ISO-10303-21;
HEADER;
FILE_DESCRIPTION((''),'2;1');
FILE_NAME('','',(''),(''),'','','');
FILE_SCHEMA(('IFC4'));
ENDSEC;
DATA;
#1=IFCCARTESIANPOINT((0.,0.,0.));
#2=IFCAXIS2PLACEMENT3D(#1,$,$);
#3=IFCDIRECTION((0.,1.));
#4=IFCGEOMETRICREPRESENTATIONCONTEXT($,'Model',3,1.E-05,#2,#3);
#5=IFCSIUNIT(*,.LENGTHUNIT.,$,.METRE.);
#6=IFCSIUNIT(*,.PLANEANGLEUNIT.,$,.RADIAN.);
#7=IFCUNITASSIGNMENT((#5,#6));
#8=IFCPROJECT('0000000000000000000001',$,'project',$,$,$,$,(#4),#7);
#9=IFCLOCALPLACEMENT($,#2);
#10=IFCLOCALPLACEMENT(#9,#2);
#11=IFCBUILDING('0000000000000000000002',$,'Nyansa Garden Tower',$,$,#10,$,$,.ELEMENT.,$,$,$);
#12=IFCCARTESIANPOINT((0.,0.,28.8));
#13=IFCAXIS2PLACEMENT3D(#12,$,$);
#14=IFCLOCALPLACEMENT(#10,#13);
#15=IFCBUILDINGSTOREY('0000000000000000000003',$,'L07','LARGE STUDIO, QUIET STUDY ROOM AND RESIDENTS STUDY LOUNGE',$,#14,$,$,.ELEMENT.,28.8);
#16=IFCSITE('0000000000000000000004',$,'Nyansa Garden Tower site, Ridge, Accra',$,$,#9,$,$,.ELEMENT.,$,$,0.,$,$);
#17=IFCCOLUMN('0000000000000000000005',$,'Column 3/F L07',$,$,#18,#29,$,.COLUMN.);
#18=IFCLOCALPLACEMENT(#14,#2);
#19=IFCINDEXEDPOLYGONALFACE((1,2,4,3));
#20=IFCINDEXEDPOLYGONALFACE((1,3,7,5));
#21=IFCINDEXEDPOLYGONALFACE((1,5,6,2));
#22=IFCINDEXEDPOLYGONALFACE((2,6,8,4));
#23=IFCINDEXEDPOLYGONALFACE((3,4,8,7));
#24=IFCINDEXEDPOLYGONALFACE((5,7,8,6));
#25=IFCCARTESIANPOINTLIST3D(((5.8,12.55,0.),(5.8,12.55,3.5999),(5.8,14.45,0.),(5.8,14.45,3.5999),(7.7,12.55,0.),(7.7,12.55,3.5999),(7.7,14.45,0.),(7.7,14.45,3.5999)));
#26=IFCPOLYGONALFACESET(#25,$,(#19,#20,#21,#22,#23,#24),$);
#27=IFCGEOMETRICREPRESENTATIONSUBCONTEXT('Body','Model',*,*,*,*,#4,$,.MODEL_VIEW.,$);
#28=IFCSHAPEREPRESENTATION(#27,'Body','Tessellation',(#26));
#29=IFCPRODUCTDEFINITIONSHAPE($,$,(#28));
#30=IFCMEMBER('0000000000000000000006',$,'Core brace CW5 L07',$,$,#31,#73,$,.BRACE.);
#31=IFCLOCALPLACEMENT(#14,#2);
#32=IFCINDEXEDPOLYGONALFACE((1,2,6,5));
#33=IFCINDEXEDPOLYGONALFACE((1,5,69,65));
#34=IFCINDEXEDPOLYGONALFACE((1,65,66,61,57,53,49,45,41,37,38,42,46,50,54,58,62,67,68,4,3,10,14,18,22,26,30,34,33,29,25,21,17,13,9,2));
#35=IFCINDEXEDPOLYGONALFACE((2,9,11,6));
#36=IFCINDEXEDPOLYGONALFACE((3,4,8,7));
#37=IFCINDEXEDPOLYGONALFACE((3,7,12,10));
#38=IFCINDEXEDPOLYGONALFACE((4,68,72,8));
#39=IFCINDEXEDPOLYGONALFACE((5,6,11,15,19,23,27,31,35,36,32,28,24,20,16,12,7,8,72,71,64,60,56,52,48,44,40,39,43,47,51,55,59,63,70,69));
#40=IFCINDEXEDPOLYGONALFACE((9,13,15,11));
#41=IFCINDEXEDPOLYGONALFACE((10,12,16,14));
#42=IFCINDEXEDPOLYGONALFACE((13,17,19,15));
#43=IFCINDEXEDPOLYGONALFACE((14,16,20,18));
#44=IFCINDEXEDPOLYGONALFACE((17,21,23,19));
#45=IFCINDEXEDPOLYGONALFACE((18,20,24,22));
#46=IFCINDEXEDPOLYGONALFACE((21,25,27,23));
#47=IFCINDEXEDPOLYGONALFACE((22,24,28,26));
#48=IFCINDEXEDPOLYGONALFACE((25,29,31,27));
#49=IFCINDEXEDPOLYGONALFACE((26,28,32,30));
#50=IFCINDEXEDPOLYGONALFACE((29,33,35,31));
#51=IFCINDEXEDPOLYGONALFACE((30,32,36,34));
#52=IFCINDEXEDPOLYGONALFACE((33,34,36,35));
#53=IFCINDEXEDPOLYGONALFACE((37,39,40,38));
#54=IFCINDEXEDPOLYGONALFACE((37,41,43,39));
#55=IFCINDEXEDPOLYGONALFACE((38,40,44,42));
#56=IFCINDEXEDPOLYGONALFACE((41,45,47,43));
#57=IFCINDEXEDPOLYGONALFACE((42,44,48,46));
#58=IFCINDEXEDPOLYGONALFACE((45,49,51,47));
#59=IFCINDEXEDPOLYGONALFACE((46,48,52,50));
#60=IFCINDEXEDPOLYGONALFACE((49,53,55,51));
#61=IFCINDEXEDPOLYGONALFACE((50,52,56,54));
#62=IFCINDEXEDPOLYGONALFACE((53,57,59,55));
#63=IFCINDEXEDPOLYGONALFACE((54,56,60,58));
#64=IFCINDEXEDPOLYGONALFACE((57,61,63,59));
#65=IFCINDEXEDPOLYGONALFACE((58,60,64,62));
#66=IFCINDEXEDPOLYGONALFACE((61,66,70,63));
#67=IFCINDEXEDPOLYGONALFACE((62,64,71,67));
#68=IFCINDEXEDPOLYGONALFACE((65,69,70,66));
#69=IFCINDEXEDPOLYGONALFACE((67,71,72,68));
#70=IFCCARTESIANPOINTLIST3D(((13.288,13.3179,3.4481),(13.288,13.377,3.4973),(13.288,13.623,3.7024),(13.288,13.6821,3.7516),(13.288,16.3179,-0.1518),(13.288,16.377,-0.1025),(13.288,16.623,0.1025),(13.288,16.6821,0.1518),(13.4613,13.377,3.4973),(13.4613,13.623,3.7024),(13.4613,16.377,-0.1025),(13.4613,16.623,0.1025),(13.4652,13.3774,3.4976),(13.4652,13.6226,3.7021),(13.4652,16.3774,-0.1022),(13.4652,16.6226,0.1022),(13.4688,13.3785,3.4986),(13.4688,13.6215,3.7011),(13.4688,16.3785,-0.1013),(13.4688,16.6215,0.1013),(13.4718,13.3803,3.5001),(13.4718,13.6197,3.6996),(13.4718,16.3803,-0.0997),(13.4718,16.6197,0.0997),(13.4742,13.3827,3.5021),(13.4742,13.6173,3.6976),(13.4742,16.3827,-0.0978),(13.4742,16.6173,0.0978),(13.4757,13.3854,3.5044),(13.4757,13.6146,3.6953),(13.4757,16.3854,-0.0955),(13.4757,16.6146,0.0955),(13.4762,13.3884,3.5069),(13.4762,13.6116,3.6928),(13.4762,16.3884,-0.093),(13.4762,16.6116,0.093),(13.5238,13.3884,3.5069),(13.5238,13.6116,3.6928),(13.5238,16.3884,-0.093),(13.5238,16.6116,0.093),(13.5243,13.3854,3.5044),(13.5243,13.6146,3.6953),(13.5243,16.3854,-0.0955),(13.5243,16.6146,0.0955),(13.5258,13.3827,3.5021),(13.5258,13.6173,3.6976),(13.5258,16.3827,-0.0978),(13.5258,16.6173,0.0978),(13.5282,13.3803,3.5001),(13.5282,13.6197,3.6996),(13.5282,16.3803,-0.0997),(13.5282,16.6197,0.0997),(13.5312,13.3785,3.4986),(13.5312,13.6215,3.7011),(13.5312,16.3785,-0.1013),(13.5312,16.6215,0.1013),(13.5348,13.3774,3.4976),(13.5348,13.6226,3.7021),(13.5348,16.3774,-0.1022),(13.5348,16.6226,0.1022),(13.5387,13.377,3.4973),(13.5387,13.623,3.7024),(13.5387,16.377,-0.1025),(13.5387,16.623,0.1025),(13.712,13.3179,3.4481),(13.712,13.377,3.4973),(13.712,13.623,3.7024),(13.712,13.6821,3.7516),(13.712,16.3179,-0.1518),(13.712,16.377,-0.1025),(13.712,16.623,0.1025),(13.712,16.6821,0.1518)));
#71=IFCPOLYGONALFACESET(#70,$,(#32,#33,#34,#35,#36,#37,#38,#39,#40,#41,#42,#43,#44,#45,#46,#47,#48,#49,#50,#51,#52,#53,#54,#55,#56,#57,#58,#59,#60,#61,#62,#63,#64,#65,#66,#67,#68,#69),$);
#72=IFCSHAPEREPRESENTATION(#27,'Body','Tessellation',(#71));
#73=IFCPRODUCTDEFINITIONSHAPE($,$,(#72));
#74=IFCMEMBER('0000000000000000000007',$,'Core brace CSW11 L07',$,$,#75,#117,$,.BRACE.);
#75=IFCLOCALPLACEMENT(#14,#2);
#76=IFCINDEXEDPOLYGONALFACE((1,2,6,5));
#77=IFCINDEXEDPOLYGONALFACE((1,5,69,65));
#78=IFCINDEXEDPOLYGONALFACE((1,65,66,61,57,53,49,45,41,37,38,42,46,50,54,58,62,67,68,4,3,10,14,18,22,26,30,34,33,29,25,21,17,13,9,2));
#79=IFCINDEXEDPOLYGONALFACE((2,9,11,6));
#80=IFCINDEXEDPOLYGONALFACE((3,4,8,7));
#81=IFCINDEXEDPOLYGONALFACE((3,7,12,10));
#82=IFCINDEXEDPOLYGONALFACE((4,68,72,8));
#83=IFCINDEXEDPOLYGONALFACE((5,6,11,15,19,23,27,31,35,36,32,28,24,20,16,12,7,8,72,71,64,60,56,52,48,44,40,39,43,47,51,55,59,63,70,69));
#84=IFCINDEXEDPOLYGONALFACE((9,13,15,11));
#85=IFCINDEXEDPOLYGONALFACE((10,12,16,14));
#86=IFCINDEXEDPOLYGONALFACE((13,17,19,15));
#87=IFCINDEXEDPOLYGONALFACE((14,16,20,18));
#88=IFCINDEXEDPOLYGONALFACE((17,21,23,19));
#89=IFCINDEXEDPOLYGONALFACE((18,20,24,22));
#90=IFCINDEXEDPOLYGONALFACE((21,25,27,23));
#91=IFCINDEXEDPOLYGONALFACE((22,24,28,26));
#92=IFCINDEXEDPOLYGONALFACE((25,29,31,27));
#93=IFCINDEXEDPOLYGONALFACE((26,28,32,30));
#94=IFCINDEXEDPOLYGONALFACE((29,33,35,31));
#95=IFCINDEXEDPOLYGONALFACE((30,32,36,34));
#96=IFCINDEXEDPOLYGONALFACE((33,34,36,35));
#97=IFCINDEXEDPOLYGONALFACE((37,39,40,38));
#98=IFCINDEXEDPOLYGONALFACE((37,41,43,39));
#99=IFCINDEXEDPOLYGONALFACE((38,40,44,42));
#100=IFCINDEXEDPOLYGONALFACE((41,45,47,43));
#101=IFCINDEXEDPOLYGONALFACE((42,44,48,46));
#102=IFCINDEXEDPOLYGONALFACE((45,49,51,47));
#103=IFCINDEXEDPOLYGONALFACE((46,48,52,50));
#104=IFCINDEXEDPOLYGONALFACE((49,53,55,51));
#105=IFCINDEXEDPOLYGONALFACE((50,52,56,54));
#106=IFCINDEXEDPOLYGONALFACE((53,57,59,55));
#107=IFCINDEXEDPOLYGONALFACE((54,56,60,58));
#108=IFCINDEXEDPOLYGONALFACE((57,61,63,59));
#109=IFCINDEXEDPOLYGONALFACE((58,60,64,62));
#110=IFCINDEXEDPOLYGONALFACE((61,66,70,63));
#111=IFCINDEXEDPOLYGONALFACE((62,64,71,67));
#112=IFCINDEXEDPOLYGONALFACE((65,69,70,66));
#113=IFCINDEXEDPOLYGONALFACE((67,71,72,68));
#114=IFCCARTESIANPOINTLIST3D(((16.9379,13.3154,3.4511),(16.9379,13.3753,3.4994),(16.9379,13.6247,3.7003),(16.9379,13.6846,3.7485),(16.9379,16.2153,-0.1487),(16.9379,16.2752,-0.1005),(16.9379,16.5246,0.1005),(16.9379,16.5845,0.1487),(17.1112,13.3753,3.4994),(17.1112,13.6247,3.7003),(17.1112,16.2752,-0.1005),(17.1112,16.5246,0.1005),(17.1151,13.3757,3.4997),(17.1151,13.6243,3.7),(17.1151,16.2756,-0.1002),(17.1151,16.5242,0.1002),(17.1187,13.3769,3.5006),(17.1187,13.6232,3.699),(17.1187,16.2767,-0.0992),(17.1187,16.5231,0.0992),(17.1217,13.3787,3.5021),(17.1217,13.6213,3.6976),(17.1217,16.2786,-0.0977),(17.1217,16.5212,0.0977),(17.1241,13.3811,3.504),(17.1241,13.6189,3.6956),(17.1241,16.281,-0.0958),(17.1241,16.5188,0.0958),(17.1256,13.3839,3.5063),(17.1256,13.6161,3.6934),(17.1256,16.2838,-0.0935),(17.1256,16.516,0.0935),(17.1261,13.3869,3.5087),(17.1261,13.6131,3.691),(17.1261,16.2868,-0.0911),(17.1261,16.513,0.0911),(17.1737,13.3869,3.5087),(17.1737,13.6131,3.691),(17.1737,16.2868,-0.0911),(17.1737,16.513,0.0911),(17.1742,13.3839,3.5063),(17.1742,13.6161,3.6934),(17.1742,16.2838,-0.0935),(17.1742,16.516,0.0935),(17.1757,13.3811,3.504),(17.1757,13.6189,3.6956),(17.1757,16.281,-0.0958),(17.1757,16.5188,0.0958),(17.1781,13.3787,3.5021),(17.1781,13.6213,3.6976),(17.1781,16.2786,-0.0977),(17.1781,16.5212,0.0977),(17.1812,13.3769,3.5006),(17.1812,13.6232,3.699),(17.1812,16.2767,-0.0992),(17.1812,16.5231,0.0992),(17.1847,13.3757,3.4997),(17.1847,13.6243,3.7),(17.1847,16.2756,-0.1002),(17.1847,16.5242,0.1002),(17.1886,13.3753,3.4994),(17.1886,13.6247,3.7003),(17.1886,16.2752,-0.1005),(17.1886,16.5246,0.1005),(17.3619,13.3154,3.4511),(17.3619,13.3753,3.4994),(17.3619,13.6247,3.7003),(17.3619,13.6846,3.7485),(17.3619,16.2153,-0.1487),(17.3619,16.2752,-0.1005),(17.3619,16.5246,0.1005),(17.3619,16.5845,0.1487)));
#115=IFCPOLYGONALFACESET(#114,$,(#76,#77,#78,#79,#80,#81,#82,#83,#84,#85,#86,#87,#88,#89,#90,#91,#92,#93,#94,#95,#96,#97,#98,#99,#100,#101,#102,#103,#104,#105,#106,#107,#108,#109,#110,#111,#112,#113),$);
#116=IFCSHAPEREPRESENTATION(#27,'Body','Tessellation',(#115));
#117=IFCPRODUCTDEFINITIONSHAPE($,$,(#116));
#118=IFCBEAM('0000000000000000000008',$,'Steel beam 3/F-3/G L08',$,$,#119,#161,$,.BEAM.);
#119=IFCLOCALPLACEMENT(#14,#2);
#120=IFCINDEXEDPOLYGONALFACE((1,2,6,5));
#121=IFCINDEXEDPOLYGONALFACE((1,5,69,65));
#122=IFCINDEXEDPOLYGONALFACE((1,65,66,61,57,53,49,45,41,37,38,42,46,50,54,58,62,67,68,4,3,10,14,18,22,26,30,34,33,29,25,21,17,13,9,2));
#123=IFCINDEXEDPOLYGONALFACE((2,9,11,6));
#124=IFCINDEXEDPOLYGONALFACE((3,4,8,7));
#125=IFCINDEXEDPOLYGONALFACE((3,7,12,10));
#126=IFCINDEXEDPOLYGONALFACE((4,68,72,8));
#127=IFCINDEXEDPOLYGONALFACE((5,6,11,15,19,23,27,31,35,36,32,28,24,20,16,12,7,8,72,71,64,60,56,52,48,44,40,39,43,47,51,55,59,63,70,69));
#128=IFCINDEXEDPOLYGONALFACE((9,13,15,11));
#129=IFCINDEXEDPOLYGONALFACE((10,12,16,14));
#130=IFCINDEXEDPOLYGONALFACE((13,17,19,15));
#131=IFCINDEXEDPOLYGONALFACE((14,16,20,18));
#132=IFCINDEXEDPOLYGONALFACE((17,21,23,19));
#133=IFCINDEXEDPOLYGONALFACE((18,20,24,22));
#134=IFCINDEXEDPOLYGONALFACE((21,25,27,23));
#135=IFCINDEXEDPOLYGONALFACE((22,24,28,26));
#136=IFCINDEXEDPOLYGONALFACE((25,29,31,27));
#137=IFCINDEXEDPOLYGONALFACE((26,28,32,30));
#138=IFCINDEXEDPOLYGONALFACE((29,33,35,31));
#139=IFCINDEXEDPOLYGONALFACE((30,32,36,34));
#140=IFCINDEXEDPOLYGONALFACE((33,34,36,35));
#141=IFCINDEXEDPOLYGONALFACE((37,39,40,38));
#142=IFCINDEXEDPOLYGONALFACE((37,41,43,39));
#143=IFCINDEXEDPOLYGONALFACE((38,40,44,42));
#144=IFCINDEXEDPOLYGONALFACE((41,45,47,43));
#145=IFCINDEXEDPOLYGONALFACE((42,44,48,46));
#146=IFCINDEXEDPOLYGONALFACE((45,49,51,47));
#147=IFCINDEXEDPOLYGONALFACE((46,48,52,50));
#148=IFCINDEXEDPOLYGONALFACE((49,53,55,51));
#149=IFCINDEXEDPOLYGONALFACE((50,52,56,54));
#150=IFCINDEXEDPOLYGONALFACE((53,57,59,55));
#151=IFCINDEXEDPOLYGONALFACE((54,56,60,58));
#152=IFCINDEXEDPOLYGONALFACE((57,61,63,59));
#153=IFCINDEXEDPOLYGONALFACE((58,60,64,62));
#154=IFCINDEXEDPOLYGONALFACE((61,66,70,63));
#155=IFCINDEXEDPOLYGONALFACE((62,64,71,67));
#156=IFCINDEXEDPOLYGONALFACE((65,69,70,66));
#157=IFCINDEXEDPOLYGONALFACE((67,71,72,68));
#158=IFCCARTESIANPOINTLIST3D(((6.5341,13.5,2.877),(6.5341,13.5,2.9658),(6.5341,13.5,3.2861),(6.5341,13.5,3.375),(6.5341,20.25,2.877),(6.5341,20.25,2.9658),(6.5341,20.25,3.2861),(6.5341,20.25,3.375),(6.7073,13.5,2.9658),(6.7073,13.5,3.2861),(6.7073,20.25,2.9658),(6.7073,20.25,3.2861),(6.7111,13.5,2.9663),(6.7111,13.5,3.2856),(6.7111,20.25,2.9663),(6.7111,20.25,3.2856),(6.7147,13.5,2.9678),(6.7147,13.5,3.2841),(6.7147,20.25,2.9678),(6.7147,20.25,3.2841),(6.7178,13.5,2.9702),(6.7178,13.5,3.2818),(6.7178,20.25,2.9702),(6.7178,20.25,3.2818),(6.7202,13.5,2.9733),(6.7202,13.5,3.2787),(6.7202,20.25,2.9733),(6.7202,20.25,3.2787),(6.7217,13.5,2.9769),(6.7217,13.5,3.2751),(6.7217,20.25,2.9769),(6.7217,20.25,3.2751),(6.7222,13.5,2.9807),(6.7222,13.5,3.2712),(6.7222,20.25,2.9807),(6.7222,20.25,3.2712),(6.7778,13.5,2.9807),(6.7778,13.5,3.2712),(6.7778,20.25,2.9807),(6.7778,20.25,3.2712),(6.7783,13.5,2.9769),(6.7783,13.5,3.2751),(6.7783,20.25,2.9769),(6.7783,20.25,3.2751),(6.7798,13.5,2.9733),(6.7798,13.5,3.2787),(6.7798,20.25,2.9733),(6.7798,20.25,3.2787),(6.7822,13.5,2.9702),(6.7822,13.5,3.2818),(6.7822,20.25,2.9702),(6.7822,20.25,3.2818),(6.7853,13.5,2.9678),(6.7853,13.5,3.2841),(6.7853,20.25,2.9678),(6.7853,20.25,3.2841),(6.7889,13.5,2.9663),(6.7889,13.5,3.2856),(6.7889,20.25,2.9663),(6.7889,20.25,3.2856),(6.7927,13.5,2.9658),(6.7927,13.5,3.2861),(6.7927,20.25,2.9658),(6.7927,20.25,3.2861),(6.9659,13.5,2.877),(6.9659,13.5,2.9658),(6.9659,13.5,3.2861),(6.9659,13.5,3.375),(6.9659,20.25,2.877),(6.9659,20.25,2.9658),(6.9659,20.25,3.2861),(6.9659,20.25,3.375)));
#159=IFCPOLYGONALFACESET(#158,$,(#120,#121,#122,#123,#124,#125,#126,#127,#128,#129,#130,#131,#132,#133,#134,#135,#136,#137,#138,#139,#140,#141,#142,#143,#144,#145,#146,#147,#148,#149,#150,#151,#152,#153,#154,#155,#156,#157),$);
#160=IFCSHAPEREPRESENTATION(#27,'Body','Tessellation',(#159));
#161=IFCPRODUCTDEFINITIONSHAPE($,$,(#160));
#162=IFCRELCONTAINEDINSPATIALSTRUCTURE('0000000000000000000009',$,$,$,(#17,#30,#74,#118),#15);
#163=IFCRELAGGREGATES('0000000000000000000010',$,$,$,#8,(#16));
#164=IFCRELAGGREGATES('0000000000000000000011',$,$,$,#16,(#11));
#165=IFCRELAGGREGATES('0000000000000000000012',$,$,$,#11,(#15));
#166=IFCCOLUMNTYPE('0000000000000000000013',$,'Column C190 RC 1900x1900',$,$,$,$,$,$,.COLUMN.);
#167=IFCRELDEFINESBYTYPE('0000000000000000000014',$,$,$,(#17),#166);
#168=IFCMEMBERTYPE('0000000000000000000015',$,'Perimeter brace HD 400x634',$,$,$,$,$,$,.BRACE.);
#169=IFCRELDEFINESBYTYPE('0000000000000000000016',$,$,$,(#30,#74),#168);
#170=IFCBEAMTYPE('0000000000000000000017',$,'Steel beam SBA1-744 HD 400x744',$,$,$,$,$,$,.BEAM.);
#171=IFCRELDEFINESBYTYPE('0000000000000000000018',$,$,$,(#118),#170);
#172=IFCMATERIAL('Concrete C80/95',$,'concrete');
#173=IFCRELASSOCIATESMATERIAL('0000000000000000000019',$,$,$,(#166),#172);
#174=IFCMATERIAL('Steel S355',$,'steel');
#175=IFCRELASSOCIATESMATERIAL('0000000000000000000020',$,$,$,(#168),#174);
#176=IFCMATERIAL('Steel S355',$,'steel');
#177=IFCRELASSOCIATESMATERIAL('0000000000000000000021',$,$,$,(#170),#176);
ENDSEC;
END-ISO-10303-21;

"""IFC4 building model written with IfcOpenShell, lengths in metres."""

from ifc_helpers import new_model, si_unit, direction, frame, origin, origin_2d, place, context, subcontext, project, spatial, rectangle, i_section, extrude, material, material_profile, profile_set, type_object, element, save


model = new_model("IFC4")

# Units and contexts
model_context = context("Model", 3, precision=1e-05, world=origin(), true_north=direction((0.0, 1.0)))
body_context = subcontext(model_context, "Body", "Model", "MODEL_VIEW")
ifc_project = project(units=[si_unit("LENGTHUNIT", "METRE"), si_unit("PLANEANGLEUNIT", "RADIAN")], contexts=[model_context])

# Site, building, storey
site_placement = place(None, origin())
site = spatial("IfcSite", under=ifc_project, at=site_placement, Name="Nyansa Garden Tower site, Ridge, Accra", CompositionType="ELEMENT", RefElevation=0.0)
building_placement = place(site_placement, origin())
building = spatial("IfcBuilding", under=site, at=building_placement, Name="Nyansa Garden Tower", CompositionType="ELEMENT")
storey_placement = place(building_placement, frame((0.0, 0.0, 28.8)))
storey = spatial("IfcBuildingStorey", under=building, at=storey_placement, Name="L07", Description="LARGE STUDIO, QUIET STUDY ROOM AND RESIDENTS STUDY LOUNGE", CompositionType="ELEMENT", Elevation=28.8)

# Column
ifc_material_1 = material(Name="Concrete C80/95", Category="concrete")
ifc_material_profile_1 = material_profile(ifc_material_1, rectangle(XDim=1.8999, YDim=1.8999, at=origin_2d()), Name="RC 1900x1900")
ifc_profile_set_1 = profile_set([ifc_material_profile_1], Name="Concrete C80/95")
column_type = type_object("IfcColumnType", Name="Column C190 RC 1900x1900", PredefinedType="COLUMN", material=ifc_profile_set_1)
column_placement = place(storey_placement, frame((6.75, 13.5, 0.0), z_axis=(0.0, 0.0, 1.0), x_axis=(1.0, 0.0, 0.0)))
element("IfcColumn", 1, at=column_placement, inside=storey, type_object=column_type, Name="Column 3/F L07", PredefinedType="COLUMN", context=body_context, shape_type="SweptSolid", body=[
    extrude(rectangle(XDim=1.8999, YDim=1.8999, at=origin_2d()), origin(), (0.0, 0.0, 1.0), 3.5999),
])

# Members
ifc_material_2 = material(Name="Steel S355", Category="steel")
ifc_material_profile_2 = material_profile(ifc_material_2, i_section(OverallWidth=0.4241, OverallDepth=0.4741, WebThickness=0.0476, FlangeThickness=0.0769, FilletRadius=0.0149, at=origin_2d()), Name="HD 400x634")
ifc_profile_set_2 = profile_set([ifc_material_profile_2], Name="Steel S355")
member_type = type_object("IfcMemberType", Name="Perimeter brace HD 400x634", PredefinedType="BRACE", material=ifc_profile_set_2)
member_1_placement = place(storey_placement, frame((13.5, 16.5, 0.0), z_axis=(0.0, -0.6402, 0.768208), x_axis=(1.0, 0.0, 0.0)))
element("IfcMember", 2, at=member_1_placement, inside=storey, type_object=member_type, Name="Core brace CW5 L07", PredefinedType="BRACE", context=body_context, shape_type="SweptSolid", body=[
    extrude(i_section(OverallWidth=0.4241, OverallDepth=0.4741, WebThickness=0.0476, FlangeThickness=0.0769, FilletRadius=0.0149, at=origin_2d()), origin(), (0.0, 0.0, 1.0), 4.686),
])
member_2_placement = place(storey_placement, frame((17.1499, 16.3999, 0.0), z_axis=(0.0, -0.627332, 0.778752), x_axis=(1.0, 0.0, 0.0)))
element("IfcMember", 3, at=member_2_placement, inside=storey, type_object=member_type, Name="Core brace CSW11 L07", PredefinedType="BRACE", context=body_context, shape_type="SweptSolid", body=[
    extrude(i_section(OverallWidth=0.4241, OverallDepth=0.4741, WebThickness=0.0476, FlangeThickness=0.0769, FilletRadius=0.0149, at=origin_2d()), origin(), (0.0, 0.0, 1.0), 4.6226),
])

# Beam
ifc_material_3 = material(Name="Steel S355", Category="steel")
ifc_material_profile_3 = material_profile(ifc_material_3, i_section(OverallWidth=0.4319, OverallDepth=0.498, WebThickness=0.0557, FlangeThickness=0.0889, FilletRadius=0.0149, at=origin_2d()), Name="HD 400x744")
ifc_profile_set_3 = profile_set([ifc_material_profile_3], Name="Steel S355")
beam_type_1 = type_object("IfcBeamType", Name="Steel beam SBA1-744 HD 400x744", PredefinedType="BEAM", material=ifc_profile_set_3)
beam_1_placement = place(storey_placement, frame((6.75, 13.5, 3.126), z_axis=(0.0, 1.0, 0.0), x_axis=(-1.0, 0.0, 0.0)))
element("IfcBeam", 4, at=beam_1_placement, inside=storey, type_object=beam_type_1, Name="Steel beam 3/F-3/G L08", PredefinedType="BEAM", context=body_context, shape_type="SweptSolid", body=[
    extrude(i_section(OverallWidth=0.4319, OverallDepth=0.498, WebThickness=0.0557, FlangeThickness=0.0889, FilletRadius=0.0149, at=origin_2d()), origin(), (0.0, 0.0, 1.0), 6.75),
])

save(model, "model.ifc")
